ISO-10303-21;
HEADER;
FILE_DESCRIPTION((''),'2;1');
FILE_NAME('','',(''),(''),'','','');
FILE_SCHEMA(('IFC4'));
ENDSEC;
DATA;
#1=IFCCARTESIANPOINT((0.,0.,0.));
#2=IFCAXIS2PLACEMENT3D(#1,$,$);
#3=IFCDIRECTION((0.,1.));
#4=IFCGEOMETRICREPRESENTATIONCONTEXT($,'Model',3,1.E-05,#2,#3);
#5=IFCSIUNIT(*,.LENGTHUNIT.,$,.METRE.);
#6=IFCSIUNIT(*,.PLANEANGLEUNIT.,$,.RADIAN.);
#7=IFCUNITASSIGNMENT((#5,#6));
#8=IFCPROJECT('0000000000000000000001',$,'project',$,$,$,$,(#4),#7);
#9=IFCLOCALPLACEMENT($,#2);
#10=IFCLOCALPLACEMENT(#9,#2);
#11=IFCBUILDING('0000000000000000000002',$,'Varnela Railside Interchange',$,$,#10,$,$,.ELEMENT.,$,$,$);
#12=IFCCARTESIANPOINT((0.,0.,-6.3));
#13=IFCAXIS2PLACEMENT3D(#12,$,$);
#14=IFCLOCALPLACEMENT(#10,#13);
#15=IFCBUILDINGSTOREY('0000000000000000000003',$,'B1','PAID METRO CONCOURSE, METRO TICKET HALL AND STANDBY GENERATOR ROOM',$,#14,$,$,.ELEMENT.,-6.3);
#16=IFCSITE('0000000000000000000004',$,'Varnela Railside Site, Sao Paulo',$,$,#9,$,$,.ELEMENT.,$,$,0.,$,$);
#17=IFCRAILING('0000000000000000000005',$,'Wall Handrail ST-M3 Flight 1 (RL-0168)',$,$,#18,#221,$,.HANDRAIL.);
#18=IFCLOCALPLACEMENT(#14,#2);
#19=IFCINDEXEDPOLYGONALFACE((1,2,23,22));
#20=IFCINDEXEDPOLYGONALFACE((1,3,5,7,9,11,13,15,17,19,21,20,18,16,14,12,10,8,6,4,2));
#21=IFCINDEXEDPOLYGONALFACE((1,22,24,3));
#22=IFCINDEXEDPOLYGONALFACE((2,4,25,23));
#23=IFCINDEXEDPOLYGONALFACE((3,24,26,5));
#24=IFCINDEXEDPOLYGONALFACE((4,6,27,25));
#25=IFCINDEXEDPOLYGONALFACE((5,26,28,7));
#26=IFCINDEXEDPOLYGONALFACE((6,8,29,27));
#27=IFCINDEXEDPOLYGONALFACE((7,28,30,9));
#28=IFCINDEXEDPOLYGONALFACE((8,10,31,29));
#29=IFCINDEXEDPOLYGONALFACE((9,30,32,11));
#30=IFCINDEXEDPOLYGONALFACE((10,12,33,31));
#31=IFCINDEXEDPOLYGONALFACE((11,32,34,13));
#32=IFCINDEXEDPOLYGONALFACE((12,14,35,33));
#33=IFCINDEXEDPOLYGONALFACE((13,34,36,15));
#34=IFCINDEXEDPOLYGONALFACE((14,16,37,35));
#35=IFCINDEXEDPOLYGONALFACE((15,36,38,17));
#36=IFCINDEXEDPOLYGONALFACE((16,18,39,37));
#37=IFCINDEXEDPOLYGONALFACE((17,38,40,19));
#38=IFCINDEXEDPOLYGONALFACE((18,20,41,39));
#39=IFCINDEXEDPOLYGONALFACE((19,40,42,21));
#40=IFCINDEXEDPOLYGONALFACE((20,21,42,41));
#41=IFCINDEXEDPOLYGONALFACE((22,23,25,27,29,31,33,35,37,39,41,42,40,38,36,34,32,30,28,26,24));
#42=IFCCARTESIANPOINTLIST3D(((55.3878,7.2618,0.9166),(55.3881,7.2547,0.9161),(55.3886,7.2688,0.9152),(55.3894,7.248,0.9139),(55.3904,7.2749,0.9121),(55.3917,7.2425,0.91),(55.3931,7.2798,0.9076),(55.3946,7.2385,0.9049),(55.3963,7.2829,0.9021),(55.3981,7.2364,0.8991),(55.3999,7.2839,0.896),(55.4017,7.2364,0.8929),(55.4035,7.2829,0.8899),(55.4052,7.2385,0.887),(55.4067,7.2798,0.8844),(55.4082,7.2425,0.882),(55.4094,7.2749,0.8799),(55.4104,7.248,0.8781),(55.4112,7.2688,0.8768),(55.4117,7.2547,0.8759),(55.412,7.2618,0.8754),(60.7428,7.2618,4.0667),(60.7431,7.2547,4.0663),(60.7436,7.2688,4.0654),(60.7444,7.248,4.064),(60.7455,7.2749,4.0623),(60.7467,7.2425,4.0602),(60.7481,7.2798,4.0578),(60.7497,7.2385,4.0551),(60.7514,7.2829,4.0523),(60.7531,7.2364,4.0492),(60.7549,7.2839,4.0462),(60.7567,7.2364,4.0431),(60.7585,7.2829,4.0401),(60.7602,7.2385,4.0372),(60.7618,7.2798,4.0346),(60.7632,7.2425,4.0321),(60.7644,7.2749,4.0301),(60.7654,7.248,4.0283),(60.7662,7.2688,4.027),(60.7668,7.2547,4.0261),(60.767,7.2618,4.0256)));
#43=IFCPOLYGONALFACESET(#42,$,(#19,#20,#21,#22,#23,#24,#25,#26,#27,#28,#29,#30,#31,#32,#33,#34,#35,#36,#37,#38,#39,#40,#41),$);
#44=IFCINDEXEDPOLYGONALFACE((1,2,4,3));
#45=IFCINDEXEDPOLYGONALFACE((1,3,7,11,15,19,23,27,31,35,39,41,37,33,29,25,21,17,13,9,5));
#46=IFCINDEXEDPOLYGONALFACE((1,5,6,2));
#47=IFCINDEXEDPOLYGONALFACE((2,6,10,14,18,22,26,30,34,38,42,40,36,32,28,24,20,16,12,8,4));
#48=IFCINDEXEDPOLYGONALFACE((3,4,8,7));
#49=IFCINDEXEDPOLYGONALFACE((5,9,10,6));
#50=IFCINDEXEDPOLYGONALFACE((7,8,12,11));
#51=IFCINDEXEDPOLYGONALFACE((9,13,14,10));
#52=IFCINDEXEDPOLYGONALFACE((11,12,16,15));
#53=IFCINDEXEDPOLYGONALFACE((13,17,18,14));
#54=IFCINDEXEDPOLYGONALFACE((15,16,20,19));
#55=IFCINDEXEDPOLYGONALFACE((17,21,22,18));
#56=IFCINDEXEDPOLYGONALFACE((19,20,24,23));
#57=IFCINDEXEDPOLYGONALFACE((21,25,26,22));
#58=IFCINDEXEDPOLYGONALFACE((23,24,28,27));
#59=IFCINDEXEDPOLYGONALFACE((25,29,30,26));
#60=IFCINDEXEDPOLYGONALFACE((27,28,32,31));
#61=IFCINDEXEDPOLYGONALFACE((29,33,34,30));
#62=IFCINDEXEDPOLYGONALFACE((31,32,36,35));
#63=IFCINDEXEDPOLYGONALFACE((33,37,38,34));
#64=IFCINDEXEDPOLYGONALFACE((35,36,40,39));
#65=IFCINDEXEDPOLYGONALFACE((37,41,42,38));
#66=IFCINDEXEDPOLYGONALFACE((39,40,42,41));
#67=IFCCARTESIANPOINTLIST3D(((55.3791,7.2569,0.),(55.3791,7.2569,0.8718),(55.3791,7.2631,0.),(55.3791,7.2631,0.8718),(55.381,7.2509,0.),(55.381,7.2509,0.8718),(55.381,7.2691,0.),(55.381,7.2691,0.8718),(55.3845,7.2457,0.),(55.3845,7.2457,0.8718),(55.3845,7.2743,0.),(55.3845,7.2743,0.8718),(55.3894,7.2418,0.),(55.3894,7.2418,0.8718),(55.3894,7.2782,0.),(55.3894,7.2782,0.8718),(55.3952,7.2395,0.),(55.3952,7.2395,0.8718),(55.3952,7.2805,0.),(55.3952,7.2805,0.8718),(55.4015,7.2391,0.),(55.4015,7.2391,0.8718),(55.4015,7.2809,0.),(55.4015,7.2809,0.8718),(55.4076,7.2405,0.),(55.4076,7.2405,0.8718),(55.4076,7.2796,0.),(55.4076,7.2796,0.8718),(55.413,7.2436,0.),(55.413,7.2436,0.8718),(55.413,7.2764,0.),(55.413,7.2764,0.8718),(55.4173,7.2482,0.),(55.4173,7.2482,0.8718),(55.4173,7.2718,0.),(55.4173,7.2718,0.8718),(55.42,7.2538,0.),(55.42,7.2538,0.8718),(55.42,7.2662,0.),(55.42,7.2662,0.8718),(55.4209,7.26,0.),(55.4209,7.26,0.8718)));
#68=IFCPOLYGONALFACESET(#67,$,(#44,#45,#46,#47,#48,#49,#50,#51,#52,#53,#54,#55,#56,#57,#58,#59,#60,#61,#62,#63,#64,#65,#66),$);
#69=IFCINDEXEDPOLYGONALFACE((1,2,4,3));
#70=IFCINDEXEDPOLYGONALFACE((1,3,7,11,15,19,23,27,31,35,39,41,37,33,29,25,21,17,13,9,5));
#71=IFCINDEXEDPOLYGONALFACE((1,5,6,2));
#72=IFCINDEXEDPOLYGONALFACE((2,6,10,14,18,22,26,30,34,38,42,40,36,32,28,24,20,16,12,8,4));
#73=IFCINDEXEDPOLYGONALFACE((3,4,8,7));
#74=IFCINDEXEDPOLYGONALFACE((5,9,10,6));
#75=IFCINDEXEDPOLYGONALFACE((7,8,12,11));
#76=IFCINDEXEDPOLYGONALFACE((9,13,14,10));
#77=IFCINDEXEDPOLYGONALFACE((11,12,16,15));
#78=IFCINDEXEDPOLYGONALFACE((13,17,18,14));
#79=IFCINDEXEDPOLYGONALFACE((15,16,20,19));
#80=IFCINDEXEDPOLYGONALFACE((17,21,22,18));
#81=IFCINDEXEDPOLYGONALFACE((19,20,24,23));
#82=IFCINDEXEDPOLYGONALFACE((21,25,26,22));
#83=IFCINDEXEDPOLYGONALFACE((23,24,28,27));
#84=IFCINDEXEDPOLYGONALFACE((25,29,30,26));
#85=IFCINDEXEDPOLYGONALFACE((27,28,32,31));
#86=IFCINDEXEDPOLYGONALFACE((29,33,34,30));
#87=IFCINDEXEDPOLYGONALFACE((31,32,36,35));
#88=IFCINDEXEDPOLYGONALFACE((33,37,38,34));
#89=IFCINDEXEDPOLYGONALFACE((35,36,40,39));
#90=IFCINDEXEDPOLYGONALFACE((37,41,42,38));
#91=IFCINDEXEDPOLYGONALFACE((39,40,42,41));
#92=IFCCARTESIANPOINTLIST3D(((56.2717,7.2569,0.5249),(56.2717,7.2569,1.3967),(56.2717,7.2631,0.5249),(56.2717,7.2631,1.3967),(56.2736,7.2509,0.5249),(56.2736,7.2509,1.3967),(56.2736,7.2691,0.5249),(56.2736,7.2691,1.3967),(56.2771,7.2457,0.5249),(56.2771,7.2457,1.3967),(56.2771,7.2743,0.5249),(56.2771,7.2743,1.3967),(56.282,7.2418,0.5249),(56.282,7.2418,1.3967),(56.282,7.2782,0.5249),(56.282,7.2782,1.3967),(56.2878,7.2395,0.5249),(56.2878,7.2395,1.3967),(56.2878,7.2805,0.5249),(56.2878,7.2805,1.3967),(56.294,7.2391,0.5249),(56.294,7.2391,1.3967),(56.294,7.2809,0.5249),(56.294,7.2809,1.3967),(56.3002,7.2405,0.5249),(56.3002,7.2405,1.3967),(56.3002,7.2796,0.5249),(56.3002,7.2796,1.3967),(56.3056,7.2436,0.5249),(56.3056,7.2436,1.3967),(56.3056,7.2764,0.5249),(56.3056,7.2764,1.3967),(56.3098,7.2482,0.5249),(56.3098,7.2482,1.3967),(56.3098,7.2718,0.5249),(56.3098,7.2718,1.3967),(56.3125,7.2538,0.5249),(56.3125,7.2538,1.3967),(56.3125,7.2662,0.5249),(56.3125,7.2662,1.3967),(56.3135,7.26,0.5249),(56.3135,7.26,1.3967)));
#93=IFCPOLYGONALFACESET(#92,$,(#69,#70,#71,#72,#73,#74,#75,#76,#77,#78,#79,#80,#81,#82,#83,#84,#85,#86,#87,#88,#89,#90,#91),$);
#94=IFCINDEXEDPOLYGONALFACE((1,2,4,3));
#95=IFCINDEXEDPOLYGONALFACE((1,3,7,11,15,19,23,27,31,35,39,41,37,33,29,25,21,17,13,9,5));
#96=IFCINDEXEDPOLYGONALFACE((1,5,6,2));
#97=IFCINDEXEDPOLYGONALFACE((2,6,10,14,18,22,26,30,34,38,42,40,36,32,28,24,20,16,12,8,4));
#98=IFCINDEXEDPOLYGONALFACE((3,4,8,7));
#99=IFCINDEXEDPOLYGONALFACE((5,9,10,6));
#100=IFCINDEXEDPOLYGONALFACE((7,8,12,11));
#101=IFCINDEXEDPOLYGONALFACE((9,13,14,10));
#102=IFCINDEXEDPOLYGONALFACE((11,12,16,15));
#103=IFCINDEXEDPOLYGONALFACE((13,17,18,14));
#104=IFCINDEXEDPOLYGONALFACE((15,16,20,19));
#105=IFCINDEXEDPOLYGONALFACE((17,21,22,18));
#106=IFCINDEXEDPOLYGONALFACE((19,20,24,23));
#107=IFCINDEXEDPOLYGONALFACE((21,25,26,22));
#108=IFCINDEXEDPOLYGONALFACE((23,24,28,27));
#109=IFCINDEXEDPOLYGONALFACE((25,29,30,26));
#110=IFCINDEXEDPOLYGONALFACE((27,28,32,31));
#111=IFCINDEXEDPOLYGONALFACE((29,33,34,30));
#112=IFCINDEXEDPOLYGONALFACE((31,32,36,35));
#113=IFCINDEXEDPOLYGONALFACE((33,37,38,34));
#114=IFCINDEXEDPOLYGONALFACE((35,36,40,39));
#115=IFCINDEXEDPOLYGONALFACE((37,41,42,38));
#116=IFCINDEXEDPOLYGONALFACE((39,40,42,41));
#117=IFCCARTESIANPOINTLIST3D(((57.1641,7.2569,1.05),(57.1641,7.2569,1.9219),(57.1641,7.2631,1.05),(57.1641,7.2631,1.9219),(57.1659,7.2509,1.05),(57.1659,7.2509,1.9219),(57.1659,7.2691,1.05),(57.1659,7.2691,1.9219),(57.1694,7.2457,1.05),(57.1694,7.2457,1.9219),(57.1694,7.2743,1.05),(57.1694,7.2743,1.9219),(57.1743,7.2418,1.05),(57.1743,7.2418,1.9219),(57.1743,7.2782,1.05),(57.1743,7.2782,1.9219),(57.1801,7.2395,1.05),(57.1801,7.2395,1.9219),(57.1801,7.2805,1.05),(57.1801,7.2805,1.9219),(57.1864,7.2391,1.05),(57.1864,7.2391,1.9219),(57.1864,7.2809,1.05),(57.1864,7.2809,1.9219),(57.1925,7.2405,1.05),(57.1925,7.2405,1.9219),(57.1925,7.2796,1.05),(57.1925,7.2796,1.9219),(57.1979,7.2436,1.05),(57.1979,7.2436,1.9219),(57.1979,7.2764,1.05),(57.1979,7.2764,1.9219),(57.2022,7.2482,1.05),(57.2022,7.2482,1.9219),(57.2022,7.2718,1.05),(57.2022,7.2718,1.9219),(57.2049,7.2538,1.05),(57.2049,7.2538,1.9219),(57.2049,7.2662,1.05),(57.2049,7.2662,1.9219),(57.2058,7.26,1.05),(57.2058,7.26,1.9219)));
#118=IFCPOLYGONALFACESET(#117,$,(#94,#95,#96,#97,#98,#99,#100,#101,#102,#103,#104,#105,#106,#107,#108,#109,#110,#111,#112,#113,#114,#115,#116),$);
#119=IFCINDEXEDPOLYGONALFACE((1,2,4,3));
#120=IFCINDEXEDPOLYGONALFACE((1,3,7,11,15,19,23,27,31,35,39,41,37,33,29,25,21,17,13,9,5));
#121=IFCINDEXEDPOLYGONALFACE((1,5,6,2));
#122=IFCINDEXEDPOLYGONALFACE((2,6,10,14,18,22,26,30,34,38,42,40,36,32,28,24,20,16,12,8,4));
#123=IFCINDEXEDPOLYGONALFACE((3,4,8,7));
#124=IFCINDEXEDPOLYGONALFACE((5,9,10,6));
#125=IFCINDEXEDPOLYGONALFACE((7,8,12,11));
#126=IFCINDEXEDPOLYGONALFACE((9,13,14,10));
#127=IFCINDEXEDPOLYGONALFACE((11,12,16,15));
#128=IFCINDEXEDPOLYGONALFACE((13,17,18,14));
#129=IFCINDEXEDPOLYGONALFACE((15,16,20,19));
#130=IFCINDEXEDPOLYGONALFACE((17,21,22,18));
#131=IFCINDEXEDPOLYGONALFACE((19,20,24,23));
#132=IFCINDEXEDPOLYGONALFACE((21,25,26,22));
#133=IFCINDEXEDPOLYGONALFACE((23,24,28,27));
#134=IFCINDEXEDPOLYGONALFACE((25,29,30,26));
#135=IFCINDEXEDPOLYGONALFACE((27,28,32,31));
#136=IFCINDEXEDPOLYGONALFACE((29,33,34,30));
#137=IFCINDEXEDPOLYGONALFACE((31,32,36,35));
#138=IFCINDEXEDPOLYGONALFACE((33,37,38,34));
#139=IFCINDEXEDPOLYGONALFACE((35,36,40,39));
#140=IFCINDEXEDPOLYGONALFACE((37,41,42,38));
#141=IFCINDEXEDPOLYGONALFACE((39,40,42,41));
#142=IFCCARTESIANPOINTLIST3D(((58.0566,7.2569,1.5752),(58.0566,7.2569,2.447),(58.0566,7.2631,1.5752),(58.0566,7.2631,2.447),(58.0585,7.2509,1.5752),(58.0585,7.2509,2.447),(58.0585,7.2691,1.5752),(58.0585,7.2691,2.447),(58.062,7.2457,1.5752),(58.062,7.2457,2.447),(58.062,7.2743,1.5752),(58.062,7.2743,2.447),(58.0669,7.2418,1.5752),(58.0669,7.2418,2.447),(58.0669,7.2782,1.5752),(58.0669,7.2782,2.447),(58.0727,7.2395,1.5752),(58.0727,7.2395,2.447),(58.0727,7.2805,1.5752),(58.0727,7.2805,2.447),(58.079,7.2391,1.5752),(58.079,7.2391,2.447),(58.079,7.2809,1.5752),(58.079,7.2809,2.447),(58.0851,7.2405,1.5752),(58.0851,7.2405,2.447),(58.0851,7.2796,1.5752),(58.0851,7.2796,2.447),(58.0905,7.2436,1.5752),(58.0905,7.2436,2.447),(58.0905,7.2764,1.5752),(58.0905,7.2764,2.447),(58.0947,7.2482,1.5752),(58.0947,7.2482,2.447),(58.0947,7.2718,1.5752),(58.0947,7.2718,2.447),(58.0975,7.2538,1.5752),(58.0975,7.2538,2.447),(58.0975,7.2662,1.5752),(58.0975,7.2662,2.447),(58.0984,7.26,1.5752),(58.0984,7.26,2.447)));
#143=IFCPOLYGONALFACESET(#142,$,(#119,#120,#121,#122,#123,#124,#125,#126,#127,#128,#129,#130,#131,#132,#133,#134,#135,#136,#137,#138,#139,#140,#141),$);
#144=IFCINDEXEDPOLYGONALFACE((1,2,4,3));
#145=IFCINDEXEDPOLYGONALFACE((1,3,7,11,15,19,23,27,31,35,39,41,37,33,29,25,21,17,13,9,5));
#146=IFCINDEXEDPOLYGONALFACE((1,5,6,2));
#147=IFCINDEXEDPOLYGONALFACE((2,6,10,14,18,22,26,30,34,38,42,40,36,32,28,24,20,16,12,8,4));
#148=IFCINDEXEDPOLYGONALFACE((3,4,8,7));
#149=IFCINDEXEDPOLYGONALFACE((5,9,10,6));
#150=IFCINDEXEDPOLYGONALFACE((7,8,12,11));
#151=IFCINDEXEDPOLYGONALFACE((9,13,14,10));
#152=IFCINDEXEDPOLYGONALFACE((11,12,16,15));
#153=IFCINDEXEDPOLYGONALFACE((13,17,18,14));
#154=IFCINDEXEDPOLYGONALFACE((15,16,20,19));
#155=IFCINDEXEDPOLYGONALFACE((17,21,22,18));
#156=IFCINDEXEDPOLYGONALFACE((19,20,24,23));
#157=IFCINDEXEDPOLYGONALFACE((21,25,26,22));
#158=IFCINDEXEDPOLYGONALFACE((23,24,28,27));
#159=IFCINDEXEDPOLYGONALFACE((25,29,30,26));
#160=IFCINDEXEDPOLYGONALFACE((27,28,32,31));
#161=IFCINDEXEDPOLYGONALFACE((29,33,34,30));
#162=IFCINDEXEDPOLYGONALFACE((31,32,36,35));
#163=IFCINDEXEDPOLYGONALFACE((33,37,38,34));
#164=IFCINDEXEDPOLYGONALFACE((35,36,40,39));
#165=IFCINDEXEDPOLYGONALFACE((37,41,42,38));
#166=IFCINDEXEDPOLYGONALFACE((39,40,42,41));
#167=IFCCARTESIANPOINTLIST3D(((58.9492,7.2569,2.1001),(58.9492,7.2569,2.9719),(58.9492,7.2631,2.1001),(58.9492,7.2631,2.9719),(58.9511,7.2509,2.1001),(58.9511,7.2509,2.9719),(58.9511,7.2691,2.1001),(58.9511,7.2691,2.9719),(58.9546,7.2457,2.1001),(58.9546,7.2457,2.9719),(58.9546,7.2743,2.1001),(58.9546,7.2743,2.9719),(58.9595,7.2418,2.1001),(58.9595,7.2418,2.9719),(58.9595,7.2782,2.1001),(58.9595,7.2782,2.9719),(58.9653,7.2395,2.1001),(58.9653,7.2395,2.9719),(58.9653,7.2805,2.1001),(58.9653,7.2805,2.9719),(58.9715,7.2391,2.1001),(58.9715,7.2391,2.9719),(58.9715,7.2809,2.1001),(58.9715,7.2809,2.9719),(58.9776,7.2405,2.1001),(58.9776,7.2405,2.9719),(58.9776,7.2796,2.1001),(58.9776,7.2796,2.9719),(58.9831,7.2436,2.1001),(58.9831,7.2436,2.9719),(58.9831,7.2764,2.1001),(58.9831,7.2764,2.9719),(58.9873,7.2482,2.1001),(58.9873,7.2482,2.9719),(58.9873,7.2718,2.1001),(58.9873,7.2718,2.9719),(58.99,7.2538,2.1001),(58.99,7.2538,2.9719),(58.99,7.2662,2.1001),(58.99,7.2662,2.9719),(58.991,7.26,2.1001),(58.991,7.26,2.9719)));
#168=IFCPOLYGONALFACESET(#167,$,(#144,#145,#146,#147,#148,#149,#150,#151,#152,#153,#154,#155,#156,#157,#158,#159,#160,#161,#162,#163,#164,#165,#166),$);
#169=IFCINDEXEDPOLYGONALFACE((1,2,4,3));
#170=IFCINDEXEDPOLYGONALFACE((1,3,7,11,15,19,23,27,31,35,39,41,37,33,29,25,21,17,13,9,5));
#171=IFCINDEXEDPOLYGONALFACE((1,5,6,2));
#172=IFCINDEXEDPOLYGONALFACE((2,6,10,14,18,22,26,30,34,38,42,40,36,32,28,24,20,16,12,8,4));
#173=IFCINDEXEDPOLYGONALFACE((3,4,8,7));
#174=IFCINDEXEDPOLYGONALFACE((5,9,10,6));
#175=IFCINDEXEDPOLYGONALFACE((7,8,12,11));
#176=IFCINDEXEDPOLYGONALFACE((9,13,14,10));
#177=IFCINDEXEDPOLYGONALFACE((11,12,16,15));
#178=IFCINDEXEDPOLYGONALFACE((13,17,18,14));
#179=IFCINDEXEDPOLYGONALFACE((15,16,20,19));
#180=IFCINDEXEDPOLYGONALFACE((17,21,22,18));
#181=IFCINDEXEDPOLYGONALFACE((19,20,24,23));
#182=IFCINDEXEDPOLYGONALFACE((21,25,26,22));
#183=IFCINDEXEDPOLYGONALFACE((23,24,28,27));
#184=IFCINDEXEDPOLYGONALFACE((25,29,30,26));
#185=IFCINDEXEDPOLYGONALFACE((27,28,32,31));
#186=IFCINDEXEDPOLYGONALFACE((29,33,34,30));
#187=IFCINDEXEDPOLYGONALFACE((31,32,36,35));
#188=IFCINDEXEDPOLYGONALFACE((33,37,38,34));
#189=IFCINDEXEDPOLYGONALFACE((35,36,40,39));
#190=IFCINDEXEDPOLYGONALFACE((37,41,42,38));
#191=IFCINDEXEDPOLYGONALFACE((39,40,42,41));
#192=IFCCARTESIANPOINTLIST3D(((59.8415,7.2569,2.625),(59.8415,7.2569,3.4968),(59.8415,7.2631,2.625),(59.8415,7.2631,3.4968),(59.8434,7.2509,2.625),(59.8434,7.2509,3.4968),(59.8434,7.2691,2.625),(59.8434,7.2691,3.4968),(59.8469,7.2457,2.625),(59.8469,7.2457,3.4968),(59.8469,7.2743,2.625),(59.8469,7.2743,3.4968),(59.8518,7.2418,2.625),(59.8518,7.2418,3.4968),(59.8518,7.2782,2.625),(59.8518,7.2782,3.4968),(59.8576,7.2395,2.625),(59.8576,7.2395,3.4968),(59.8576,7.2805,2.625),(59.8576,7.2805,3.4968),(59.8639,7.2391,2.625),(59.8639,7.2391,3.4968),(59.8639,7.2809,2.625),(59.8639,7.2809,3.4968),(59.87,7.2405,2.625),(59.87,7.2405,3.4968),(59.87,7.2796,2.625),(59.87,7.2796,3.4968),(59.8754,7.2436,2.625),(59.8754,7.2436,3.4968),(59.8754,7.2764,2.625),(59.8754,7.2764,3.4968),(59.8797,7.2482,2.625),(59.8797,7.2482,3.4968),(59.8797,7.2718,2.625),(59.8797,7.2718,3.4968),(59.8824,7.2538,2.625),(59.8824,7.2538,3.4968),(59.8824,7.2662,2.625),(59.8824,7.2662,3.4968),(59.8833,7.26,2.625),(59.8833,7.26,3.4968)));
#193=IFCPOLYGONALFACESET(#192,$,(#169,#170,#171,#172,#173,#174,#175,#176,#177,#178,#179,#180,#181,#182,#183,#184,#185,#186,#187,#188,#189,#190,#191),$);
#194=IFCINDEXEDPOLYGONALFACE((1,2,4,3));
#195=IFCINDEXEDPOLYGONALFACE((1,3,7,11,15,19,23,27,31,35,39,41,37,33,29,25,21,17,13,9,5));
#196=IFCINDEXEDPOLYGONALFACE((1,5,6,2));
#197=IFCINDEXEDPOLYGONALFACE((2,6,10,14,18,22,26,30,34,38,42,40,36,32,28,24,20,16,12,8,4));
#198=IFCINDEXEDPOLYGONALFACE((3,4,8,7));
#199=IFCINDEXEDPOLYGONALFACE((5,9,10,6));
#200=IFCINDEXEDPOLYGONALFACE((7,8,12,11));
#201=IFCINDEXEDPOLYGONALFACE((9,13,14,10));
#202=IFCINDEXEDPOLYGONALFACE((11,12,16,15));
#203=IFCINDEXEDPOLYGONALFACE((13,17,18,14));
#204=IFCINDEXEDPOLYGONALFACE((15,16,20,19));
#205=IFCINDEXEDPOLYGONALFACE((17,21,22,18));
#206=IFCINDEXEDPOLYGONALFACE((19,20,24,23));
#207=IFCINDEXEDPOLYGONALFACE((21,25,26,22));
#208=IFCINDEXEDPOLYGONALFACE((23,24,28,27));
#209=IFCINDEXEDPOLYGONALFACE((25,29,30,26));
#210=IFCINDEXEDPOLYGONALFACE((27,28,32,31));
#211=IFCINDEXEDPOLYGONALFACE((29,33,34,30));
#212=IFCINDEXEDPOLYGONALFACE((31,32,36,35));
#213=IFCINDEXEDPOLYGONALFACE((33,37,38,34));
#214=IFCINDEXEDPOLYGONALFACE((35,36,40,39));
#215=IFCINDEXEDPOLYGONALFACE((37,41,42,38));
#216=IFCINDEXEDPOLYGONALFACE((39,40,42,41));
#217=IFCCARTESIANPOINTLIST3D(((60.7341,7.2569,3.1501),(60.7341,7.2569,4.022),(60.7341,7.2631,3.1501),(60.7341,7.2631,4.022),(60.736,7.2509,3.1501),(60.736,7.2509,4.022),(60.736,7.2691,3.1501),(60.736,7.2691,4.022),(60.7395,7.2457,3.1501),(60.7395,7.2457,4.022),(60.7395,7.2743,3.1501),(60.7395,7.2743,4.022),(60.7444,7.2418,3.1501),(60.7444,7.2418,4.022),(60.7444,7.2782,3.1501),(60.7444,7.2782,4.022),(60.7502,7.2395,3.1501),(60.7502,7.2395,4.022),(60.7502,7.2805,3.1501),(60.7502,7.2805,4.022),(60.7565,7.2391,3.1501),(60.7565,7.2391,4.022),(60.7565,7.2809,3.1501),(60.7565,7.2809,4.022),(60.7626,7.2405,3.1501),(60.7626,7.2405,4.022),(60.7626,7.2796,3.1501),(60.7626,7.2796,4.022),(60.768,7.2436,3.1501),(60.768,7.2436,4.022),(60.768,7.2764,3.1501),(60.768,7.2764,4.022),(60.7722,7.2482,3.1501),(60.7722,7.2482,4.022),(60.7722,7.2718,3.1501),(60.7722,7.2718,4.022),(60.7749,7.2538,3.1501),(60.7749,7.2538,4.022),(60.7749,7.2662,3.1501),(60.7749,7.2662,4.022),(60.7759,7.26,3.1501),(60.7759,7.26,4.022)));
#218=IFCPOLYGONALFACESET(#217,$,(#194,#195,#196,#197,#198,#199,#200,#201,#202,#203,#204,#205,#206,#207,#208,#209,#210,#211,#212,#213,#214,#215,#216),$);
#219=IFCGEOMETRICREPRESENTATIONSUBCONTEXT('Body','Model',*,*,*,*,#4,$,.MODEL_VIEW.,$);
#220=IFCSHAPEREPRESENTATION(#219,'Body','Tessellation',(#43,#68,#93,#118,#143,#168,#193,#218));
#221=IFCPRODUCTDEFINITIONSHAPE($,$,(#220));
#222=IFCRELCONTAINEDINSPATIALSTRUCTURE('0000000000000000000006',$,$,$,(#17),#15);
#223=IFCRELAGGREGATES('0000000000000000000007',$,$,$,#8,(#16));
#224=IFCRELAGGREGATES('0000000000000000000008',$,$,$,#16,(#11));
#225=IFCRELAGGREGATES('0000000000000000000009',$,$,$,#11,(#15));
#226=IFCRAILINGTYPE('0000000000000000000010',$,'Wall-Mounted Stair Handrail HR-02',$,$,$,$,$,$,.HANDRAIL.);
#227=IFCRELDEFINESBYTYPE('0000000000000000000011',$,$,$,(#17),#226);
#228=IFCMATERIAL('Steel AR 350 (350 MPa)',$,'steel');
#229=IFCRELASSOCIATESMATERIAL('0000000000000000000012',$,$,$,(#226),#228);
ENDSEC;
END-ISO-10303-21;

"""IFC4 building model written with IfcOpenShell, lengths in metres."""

from ifc_helpers import new_model, si_unit, direction, frame, origin, origin_2d, place, context, subcontext, project, spatial, circle, extrude, material, type_object, element, save


model = new_model("IFC4")

# Units and contexts
model_context = context("Model", 3, precision=1e-05, world=origin(), true_north=direction((0.0, 1.0)))
body_context = subcontext(model_context, "Body", "Model", "MODEL_VIEW")
ifc_project = project(units=[si_unit("LENGTHUNIT", "METRE"), si_unit("PLANEANGLEUNIT", "RADIAN")], contexts=[model_context])

# Site, building, storey
site_placement = place(None, origin())
site = spatial("IfcSite", under=ifc_project, at=site_placement, Name="Varnela Railside Site, Sao Paulo", CompositionType="ELEMENT", RefElevation=0.0)
building_placement = place(site_placement, origin())
building = spatial("IfcBuilding", under=site, at=building_placement, Name="Varnela Railside Interchange", CompositionType="ELEMENT")
storey_placement = place(building_placement, frame((0.0, 0.0, -6.3)))
storey = spatial("IfcBuildingStorey", under=building, at=storey_placement, Name="B1", Description="PAID METRO CONCOURSE, METRO TICKET HALL AND STANDBY GENERATOR ROOM", CompositionType="ELEMENT", Elevation=-6.3)

# Shared definitions
ifc_material_1 = material(Name="Steel AR 350 (350 MPa)", Category="steel")

# Railing
railing_type_1 = type_object("IfcRailingType", Name="Wall-Mounted Stair Handrail HR-02", PredefinedType="HANDRAIL", material=ifc_material_1)
railing_1_placement = place(storey_placement, frame((55.3999, 7.26, 0.0)))
element("IfcRailing", 1, at=railing_1_placement, inside=storey, type_object=railing_type_1, Name="Wall Handrail ST-M3 Flight 1 (RL-0168)", PredefinedType="HANDRAIL", context=body_context, shape_type="SweptSolid", body=[
    extrude(circle(Radius=0.0239, at=origin_2d()), frame((0.0, 0.0, 0.896), z_axis=(0.861923, 0.0, 0.507039), x_axis=(0.0, 1.0, 0.0)), (0.0, 0.0, 1.0), 6.2129),
    extrude(circle(Radius=0.021, at=origin_2d()), origin(), (0.0, 0.0, 1.0), 0.8718),
    extrude(circle(Radius=0.021, at=origin_2d()), frame((0.8926, 0.0, 0.5249)), (0.0, 0.0, 1.0), 0.8718),
    extrude(circle(Radius=0.021, at=origin_2d()), frame((1.7849, 0.0, 1.05)), (0.0, 0.0, 1.0), 0.8718),
    extrude(circle(Radius=0.021, at=origin_2d()), frame((2.6775, 0.0, 1.5752)), (0.0, 0.0, 1.0), 0.8718),
    extrude(circle(Radius=0.021, at=origin_2d()), frame((3.5701, 0.0, 2.1001)), (0.0, 0.0, 1.0), 0.8718),
    extrude(circle(Radius=0.021, at=origin_2d()), frame((4.4624, 0.0, 2.625)), (0.0, 0.0, 1.0), 0.8718),
    extrude(circle(Radius=0.021, at=origin_2d()), frame((5.355, 0.0, 3.1501)), (0.0, 0.0, 1.0), 0.8718),
])

save(model, "model.ifc")
